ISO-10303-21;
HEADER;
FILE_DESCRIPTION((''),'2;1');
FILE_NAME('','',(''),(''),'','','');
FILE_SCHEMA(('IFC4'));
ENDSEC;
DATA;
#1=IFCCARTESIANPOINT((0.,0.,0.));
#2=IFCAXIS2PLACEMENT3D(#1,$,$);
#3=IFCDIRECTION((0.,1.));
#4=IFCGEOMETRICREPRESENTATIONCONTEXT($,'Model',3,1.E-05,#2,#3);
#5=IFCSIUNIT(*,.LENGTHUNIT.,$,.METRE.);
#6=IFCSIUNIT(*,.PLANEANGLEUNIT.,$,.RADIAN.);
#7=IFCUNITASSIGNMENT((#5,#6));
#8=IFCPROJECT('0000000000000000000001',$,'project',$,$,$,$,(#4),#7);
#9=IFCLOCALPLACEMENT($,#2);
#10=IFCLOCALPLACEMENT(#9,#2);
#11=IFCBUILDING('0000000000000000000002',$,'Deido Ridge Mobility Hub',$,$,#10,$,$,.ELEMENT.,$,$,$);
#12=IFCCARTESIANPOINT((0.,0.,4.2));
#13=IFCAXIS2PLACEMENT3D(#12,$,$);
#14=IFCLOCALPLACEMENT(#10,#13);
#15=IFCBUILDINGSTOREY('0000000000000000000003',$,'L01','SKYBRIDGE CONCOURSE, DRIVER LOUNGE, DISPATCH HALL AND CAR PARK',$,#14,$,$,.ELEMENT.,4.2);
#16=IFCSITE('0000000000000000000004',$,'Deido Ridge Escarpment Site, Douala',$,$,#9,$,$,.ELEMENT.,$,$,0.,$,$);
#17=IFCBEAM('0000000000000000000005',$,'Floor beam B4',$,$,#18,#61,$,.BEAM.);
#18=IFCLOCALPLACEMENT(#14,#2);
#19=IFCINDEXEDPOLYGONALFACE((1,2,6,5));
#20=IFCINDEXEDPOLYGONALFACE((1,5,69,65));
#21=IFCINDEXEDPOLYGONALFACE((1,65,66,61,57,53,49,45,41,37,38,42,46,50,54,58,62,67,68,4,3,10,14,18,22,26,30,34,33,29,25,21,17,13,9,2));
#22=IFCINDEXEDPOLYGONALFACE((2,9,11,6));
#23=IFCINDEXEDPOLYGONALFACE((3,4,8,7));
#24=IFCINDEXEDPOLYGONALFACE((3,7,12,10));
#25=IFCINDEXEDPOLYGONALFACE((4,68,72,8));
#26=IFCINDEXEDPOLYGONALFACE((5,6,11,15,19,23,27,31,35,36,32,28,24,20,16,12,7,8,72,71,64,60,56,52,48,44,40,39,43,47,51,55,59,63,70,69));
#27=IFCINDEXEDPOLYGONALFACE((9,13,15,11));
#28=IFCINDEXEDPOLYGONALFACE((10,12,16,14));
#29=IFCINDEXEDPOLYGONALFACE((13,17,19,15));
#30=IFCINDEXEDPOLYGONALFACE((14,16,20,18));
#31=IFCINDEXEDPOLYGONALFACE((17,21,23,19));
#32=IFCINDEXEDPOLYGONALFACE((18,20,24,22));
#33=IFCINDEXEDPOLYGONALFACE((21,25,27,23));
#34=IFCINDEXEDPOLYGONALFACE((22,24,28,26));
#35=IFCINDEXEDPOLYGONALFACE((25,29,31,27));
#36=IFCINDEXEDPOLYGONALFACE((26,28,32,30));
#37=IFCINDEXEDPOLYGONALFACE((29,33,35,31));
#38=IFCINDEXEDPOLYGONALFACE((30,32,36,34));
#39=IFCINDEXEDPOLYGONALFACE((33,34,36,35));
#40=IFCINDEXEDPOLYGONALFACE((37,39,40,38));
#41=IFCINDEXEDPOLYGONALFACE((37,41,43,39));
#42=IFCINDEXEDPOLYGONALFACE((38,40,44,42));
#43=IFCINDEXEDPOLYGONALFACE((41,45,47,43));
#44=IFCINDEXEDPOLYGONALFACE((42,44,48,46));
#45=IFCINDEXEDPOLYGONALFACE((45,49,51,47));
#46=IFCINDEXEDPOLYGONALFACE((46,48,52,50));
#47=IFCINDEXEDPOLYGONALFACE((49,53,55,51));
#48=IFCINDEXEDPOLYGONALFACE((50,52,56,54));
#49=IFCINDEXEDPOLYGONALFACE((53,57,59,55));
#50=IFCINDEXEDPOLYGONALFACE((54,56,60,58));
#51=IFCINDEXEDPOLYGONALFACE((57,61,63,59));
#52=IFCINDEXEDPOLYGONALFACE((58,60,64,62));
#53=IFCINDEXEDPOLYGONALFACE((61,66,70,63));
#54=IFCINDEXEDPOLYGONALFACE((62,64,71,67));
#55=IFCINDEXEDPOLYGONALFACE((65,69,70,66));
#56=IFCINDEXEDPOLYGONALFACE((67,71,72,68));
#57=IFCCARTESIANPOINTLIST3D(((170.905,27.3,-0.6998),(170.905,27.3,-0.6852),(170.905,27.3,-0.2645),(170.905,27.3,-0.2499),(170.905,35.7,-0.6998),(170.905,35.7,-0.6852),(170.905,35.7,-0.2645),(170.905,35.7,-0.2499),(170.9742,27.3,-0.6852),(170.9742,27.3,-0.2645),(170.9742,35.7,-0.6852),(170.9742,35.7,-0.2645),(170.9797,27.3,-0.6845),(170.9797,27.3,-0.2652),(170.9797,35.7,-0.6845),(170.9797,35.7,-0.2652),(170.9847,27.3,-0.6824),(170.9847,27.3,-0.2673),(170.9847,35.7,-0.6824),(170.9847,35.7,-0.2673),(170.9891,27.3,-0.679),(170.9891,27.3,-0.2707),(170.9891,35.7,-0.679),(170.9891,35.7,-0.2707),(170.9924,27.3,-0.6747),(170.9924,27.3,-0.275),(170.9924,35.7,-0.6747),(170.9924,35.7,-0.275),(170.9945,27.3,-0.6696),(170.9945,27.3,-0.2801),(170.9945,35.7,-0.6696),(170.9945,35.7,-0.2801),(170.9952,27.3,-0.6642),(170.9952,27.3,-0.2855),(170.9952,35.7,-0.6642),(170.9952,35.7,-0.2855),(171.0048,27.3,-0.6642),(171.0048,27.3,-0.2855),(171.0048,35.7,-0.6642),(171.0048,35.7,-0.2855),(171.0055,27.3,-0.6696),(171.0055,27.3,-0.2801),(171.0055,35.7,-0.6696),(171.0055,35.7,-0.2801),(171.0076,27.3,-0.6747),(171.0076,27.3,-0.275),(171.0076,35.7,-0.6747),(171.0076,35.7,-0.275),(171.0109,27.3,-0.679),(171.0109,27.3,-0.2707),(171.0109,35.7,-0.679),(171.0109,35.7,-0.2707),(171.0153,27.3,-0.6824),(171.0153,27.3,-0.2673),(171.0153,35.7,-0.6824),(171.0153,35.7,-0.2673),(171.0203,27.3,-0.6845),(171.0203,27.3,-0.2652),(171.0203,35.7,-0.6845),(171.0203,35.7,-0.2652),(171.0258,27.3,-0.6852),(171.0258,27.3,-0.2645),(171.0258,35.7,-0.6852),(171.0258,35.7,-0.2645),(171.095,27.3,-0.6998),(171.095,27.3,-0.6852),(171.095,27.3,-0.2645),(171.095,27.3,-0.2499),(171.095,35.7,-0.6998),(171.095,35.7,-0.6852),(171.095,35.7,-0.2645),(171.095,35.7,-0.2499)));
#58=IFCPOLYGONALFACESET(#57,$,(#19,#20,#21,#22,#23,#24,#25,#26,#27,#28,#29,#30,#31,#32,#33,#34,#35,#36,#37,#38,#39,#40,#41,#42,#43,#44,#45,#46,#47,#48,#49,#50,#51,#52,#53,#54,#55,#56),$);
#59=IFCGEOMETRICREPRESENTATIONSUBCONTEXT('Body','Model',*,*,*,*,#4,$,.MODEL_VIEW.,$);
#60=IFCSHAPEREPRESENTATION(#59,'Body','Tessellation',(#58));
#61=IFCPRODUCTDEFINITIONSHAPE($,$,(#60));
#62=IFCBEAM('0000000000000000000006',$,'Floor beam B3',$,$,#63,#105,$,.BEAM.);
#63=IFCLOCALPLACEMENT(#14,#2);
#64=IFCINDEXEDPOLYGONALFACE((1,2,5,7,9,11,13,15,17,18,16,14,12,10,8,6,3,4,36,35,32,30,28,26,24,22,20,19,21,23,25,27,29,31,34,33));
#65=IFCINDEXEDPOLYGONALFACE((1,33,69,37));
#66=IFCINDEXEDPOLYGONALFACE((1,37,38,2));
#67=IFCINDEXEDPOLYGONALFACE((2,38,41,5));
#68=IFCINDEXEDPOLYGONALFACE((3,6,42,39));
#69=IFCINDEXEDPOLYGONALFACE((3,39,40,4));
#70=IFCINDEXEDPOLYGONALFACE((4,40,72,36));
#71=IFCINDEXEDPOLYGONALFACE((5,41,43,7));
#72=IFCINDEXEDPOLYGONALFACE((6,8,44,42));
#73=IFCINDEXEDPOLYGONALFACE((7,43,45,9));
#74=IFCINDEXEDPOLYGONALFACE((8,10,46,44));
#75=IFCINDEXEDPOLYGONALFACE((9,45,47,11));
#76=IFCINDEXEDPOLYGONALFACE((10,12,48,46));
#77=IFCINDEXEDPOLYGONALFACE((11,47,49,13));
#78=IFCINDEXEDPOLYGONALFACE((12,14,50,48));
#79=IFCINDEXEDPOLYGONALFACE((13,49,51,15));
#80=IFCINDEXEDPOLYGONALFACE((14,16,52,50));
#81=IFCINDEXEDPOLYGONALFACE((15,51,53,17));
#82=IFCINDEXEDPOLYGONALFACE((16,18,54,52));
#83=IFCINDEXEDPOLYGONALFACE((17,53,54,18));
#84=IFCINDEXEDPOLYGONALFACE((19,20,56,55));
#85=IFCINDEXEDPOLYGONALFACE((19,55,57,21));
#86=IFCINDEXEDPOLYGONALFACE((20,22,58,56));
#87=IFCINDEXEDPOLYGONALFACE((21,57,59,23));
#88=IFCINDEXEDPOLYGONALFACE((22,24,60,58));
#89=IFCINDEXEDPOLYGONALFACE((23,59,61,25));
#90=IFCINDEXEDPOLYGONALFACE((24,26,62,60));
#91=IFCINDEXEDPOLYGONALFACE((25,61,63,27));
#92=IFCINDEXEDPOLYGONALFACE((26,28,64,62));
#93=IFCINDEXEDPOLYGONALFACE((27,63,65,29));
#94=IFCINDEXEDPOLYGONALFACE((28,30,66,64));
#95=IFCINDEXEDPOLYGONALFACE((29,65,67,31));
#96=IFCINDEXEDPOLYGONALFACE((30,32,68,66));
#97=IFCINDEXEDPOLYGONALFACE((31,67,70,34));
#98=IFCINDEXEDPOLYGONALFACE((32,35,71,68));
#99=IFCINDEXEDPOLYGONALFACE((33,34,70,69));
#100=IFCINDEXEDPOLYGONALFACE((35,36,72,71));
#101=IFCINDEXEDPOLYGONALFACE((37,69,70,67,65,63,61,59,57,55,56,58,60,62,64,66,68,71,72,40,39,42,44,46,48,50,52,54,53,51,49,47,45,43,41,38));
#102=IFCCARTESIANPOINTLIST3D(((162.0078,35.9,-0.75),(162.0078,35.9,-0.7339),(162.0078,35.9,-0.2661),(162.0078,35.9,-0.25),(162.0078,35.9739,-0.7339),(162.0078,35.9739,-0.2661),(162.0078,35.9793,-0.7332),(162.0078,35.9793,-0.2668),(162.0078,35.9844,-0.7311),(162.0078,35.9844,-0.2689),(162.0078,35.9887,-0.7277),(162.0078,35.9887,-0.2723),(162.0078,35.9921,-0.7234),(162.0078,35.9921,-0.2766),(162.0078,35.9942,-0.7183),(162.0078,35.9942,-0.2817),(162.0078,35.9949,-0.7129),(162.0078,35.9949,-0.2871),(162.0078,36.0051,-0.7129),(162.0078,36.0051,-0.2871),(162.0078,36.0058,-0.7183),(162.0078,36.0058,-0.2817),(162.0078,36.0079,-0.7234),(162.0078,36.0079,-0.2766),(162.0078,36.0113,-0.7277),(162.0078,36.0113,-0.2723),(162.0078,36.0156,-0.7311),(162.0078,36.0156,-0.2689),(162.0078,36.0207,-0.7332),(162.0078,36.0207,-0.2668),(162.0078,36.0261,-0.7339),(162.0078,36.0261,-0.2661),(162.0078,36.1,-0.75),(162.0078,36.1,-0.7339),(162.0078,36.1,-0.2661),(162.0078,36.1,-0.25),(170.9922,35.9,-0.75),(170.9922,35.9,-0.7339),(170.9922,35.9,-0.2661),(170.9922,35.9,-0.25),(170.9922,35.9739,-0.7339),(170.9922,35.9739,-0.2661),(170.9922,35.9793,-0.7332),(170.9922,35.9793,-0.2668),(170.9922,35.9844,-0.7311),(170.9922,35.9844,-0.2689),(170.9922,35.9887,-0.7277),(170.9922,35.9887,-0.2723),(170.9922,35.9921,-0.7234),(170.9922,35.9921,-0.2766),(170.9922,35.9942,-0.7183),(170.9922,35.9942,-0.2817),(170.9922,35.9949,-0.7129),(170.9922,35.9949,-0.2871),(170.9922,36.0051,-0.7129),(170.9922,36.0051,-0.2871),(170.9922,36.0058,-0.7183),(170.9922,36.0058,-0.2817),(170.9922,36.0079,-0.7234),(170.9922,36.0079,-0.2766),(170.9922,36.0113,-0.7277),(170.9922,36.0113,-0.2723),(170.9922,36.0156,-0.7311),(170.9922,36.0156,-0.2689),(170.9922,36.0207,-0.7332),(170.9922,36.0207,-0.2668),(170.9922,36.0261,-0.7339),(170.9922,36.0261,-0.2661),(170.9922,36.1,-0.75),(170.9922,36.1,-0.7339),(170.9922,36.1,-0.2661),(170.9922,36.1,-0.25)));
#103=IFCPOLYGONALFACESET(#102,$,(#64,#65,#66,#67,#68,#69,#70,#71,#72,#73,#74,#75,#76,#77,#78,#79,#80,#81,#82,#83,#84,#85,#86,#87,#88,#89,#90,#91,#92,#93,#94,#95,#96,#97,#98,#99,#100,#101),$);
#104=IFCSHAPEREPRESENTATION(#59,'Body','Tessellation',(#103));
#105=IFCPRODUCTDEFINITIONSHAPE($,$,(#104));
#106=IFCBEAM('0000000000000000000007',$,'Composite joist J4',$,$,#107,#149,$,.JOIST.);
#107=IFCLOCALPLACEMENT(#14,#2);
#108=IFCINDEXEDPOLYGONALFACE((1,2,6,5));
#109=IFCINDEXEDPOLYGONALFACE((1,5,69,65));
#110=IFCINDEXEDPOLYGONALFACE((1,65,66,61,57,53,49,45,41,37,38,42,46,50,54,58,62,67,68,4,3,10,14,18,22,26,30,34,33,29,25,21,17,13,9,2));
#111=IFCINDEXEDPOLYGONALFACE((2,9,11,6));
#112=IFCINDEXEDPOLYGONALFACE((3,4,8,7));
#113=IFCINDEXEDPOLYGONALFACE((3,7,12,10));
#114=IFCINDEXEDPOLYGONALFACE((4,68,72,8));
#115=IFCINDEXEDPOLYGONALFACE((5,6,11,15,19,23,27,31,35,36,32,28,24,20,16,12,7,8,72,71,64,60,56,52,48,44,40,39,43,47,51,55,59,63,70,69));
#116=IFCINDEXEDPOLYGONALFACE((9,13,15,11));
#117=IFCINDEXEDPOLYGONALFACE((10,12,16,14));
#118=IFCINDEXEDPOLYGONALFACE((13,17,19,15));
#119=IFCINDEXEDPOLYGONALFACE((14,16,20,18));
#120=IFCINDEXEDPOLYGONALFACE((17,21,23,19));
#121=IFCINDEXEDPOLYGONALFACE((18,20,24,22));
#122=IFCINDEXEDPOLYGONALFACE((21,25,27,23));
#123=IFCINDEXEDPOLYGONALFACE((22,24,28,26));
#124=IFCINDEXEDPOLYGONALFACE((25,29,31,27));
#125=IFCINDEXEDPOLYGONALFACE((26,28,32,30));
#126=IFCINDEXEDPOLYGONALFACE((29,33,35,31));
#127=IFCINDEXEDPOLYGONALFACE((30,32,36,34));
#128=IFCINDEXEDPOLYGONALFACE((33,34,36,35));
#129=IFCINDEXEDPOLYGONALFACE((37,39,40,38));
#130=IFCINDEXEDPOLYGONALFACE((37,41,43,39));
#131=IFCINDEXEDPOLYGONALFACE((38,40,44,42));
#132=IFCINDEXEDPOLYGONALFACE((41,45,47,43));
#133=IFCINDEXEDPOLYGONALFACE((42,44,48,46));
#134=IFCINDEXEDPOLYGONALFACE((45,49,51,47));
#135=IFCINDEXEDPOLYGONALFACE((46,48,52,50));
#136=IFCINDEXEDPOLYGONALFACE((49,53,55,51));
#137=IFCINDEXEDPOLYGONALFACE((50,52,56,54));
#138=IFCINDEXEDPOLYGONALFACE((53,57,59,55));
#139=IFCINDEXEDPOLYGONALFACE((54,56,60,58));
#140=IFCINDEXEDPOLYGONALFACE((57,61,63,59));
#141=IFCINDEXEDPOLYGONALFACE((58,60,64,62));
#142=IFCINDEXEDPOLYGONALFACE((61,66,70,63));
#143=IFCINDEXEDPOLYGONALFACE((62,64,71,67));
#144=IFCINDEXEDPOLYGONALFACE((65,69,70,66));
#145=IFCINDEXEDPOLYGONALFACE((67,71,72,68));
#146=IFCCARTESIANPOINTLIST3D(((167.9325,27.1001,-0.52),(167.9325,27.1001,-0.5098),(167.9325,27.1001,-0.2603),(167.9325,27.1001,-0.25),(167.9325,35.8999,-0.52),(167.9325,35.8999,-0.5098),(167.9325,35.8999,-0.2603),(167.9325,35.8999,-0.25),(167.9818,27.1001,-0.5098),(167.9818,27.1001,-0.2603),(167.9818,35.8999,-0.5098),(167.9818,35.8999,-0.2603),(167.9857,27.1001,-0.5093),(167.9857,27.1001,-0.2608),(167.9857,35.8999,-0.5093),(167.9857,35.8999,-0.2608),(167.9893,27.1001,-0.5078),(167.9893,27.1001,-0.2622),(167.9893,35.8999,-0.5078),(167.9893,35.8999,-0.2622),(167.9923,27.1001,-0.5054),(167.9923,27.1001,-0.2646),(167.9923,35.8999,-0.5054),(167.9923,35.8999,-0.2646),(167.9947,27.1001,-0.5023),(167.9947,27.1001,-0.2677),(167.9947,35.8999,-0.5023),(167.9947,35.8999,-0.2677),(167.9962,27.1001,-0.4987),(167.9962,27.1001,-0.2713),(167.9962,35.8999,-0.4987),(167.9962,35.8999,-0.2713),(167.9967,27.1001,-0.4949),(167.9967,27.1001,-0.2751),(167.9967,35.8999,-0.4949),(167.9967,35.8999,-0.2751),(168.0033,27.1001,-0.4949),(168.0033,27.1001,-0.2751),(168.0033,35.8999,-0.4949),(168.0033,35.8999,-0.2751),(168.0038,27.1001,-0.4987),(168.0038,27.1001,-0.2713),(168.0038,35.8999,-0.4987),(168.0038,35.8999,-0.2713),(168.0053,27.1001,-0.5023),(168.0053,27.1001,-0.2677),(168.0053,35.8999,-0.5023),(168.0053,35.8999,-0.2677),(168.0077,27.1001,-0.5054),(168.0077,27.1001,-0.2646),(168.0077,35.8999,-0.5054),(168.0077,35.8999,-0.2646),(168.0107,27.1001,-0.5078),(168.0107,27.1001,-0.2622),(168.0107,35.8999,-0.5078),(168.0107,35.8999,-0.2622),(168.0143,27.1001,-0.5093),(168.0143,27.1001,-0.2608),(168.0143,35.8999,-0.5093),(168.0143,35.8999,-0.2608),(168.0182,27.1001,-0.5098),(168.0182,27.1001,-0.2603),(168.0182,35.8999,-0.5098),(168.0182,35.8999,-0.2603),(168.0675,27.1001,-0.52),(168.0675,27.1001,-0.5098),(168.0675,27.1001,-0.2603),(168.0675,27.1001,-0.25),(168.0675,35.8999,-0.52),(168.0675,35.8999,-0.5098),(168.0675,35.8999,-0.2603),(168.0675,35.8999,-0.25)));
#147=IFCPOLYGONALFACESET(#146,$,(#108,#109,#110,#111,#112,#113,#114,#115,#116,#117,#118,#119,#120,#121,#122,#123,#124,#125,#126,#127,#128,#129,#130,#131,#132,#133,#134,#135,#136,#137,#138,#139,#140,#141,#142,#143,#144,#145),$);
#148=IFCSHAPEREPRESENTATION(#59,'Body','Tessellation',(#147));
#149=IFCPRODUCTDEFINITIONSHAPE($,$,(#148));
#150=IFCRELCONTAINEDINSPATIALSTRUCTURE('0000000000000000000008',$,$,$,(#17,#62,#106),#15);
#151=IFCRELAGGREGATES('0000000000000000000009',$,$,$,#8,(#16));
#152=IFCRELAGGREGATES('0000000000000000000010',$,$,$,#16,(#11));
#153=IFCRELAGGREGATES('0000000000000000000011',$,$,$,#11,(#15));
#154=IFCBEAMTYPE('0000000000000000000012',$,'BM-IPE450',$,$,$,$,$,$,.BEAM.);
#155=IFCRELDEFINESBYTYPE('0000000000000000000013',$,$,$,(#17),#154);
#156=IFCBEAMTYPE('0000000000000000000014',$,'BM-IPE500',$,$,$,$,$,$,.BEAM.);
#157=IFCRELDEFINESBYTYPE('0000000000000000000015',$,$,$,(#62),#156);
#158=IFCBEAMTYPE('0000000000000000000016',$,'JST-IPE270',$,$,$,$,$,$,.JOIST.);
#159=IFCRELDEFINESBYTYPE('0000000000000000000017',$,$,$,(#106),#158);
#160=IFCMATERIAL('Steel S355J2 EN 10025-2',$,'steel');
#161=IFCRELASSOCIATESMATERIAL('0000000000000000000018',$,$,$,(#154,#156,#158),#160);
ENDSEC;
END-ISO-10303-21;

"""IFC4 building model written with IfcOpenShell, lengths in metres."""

from ifc_helpers import new_model, si_unit, direction, frame, origin, origin_2d, place, context, subcontext, project, spatial, i_section, extrude, material, material_profile, profile_set, type_object, element, save


model = new_model("IFC4")

# Units and contexts
model_context = context("Model", 3, precision=1e-05, world=origin(), true_north=direction((0.0, 1.0)))
body_context = subcontext(model_context, "Body", "Model", "MODEL_VIEW")
ifc_project = project(units=[si_unit("LENGTHUNIT", "METRE"), si_unit("PLANEANGLEUNIT", "RADIAN")], contexts=[model_context])

# Site, building, storey
site_placement = place(None, origin())
site = spatial("IfcSite", under=ifc_project, at=site_placement, Name="Deido Ridge Escarpment Site, Douala", CompositionType="ELEMENT", RefElevation=0.0)
building_placement = place(site_placement, origin())
building = spatial("IfcBuilding", under=site, at=building_placement, Name="Deido Ridge Mobility Hub", CompositionType="ELEMENT")
storey_placement = place(building_placement, frame((0.0, 0.0, 4.2)))
storey = spatial("IfcBuildingStorey", under=building, at=storey_placement, Name="L01", Description="SKYBRIDGE CONCOURSE, DRIVER LOUNGE, DISPATCH HALL AND CAR PARK", CompositionType="ELEMENT", Elevation=4.2)

# Shared definitions
ifc_material_1 = material(Name="Steel S355J2 EN 10025-2", Category="steel")

# Beams
ifc_material_profile_1 = material_profile(ifc_material_1, i_section(OverallWidth=0.1899, OverallDepth=0.45, WebThickness=0.0095, FlangeThickness=0.0146, FilletRadius=0.021, at=origin_2d()), Name="IPE 450")
ifc_profile_set_1 = profile_set([ifc_material_profile_1], Name="Steel S355J2 EN 10025-2")
beam_type_1 = type_object("IfcBeamType", Name="BM-IPE450", PredefinedType="BEAM", material=ifc_profile_set_1)
for number, where, z_axis, x_axis, name in (
    (1, (171.0, 27.3, -0.4749), (0.0, 1.0, 0.0), (-1.0, 0.0, 0.0), "Floor beam B4"),
):
    element("IfcBeam", number, at=place(storey_placement, frame(where, z_axis=z_axis, x_axis=x_axis)), inside=storey, type_object=beam_type_1, Name=name, PredefinedType="BEAM", context=body_context, shape_type="SweptSolid", body=[
        extrude(i_section(OverallWidth=0.1899, OverallDepth=0.45, WebThickness=0.0095, FlangeThickness=0.0146, FilletRadius=0.021, at=origin_2d()), origin(), (0.0, 0.0, 1.0), 8.3999),
    ])
ifc_material_profile_2 = material_profile(ifc_material_1, i_section(OverallWidth=0.2, OverallDepth=0.5, WebThickness=0.0103, FlangeThickness=0.0161, FilletRadius=0.021, at=origin_2d()), Name="IPE 500")
ifc_profile_set_2 = profile_set([ifc_material_profile_2], Name="Steel S355J2 EN 10025-2")
beam_type_2 = type_object("IfcBeamType", Name="BM-IPE500", PredefinedType="BEAM", material=ifc_profile_set_2)
beam_1_placement = place(storey_placement, frame((162.0078, 36.0, -0.5), z_axis=(1.0, 0.0, 0.0), x_axis=(0.0, 1.0, 0.0)))
element("IfcBeam", 2, at=beam_1_placement, inside=storey, type_object=beam_type_2, Name="Floor beam B3", PredefinedType="BEAM", context=body_context, shape_type="SweptSolid", body=[
    extrude(i_section(OverallWidth=0.2, OverallDepth=0.5, WebThickness=0.0103, FlangeThickness=0.0161, FilletRadius=0.021, at=origin_2d()), origin(), (0.0, 0.0, 1.0), 8.9844),
])
ifc_material_profile_3 = material_profile(ifc_material_1, i_section(OverallWidth=0.135, OverallDepth=0.27, WebThickness=0.0066, FlangeThickness=0.0103, FilletRadius=0.0149, at=origin_2d()), Name="IPE 270")
ifc_profile_set_3 = profile_set([ifc_material_profile_3], Name="Steel S355J2 EN 10025-2")
beam_type_3 = type_object("IfcBeamType", Name="JST-IPE270", PredefinedType="JOIST", material=ifc_profile_set_3)
beam_2_placement = place(storey_placement, frame((168.0, 27.1001, -0.385), z_axis=(0.0, 1.0, 0.0), x_axis=(-1.0, 0.0, 0.0)))
element("IfcBeam", 3, at=beam_2_placement, inside=storey, type_object=beam_type_3, Name="Composite joist J4", PredefinedType="JOIST", context=body_context, shape_type="SweptSolid", body=[
    extrude(i_section(OverallWidth=0.135, OverallDepth=0.27, WebThickness=0.0066, FlangeThickness=0.0103, FilletRadius=0.0149, at=origin_2d()), origin(), (0.0, 0.0, 1.0), 8.7998),
])

save(model, "model.ifc")
